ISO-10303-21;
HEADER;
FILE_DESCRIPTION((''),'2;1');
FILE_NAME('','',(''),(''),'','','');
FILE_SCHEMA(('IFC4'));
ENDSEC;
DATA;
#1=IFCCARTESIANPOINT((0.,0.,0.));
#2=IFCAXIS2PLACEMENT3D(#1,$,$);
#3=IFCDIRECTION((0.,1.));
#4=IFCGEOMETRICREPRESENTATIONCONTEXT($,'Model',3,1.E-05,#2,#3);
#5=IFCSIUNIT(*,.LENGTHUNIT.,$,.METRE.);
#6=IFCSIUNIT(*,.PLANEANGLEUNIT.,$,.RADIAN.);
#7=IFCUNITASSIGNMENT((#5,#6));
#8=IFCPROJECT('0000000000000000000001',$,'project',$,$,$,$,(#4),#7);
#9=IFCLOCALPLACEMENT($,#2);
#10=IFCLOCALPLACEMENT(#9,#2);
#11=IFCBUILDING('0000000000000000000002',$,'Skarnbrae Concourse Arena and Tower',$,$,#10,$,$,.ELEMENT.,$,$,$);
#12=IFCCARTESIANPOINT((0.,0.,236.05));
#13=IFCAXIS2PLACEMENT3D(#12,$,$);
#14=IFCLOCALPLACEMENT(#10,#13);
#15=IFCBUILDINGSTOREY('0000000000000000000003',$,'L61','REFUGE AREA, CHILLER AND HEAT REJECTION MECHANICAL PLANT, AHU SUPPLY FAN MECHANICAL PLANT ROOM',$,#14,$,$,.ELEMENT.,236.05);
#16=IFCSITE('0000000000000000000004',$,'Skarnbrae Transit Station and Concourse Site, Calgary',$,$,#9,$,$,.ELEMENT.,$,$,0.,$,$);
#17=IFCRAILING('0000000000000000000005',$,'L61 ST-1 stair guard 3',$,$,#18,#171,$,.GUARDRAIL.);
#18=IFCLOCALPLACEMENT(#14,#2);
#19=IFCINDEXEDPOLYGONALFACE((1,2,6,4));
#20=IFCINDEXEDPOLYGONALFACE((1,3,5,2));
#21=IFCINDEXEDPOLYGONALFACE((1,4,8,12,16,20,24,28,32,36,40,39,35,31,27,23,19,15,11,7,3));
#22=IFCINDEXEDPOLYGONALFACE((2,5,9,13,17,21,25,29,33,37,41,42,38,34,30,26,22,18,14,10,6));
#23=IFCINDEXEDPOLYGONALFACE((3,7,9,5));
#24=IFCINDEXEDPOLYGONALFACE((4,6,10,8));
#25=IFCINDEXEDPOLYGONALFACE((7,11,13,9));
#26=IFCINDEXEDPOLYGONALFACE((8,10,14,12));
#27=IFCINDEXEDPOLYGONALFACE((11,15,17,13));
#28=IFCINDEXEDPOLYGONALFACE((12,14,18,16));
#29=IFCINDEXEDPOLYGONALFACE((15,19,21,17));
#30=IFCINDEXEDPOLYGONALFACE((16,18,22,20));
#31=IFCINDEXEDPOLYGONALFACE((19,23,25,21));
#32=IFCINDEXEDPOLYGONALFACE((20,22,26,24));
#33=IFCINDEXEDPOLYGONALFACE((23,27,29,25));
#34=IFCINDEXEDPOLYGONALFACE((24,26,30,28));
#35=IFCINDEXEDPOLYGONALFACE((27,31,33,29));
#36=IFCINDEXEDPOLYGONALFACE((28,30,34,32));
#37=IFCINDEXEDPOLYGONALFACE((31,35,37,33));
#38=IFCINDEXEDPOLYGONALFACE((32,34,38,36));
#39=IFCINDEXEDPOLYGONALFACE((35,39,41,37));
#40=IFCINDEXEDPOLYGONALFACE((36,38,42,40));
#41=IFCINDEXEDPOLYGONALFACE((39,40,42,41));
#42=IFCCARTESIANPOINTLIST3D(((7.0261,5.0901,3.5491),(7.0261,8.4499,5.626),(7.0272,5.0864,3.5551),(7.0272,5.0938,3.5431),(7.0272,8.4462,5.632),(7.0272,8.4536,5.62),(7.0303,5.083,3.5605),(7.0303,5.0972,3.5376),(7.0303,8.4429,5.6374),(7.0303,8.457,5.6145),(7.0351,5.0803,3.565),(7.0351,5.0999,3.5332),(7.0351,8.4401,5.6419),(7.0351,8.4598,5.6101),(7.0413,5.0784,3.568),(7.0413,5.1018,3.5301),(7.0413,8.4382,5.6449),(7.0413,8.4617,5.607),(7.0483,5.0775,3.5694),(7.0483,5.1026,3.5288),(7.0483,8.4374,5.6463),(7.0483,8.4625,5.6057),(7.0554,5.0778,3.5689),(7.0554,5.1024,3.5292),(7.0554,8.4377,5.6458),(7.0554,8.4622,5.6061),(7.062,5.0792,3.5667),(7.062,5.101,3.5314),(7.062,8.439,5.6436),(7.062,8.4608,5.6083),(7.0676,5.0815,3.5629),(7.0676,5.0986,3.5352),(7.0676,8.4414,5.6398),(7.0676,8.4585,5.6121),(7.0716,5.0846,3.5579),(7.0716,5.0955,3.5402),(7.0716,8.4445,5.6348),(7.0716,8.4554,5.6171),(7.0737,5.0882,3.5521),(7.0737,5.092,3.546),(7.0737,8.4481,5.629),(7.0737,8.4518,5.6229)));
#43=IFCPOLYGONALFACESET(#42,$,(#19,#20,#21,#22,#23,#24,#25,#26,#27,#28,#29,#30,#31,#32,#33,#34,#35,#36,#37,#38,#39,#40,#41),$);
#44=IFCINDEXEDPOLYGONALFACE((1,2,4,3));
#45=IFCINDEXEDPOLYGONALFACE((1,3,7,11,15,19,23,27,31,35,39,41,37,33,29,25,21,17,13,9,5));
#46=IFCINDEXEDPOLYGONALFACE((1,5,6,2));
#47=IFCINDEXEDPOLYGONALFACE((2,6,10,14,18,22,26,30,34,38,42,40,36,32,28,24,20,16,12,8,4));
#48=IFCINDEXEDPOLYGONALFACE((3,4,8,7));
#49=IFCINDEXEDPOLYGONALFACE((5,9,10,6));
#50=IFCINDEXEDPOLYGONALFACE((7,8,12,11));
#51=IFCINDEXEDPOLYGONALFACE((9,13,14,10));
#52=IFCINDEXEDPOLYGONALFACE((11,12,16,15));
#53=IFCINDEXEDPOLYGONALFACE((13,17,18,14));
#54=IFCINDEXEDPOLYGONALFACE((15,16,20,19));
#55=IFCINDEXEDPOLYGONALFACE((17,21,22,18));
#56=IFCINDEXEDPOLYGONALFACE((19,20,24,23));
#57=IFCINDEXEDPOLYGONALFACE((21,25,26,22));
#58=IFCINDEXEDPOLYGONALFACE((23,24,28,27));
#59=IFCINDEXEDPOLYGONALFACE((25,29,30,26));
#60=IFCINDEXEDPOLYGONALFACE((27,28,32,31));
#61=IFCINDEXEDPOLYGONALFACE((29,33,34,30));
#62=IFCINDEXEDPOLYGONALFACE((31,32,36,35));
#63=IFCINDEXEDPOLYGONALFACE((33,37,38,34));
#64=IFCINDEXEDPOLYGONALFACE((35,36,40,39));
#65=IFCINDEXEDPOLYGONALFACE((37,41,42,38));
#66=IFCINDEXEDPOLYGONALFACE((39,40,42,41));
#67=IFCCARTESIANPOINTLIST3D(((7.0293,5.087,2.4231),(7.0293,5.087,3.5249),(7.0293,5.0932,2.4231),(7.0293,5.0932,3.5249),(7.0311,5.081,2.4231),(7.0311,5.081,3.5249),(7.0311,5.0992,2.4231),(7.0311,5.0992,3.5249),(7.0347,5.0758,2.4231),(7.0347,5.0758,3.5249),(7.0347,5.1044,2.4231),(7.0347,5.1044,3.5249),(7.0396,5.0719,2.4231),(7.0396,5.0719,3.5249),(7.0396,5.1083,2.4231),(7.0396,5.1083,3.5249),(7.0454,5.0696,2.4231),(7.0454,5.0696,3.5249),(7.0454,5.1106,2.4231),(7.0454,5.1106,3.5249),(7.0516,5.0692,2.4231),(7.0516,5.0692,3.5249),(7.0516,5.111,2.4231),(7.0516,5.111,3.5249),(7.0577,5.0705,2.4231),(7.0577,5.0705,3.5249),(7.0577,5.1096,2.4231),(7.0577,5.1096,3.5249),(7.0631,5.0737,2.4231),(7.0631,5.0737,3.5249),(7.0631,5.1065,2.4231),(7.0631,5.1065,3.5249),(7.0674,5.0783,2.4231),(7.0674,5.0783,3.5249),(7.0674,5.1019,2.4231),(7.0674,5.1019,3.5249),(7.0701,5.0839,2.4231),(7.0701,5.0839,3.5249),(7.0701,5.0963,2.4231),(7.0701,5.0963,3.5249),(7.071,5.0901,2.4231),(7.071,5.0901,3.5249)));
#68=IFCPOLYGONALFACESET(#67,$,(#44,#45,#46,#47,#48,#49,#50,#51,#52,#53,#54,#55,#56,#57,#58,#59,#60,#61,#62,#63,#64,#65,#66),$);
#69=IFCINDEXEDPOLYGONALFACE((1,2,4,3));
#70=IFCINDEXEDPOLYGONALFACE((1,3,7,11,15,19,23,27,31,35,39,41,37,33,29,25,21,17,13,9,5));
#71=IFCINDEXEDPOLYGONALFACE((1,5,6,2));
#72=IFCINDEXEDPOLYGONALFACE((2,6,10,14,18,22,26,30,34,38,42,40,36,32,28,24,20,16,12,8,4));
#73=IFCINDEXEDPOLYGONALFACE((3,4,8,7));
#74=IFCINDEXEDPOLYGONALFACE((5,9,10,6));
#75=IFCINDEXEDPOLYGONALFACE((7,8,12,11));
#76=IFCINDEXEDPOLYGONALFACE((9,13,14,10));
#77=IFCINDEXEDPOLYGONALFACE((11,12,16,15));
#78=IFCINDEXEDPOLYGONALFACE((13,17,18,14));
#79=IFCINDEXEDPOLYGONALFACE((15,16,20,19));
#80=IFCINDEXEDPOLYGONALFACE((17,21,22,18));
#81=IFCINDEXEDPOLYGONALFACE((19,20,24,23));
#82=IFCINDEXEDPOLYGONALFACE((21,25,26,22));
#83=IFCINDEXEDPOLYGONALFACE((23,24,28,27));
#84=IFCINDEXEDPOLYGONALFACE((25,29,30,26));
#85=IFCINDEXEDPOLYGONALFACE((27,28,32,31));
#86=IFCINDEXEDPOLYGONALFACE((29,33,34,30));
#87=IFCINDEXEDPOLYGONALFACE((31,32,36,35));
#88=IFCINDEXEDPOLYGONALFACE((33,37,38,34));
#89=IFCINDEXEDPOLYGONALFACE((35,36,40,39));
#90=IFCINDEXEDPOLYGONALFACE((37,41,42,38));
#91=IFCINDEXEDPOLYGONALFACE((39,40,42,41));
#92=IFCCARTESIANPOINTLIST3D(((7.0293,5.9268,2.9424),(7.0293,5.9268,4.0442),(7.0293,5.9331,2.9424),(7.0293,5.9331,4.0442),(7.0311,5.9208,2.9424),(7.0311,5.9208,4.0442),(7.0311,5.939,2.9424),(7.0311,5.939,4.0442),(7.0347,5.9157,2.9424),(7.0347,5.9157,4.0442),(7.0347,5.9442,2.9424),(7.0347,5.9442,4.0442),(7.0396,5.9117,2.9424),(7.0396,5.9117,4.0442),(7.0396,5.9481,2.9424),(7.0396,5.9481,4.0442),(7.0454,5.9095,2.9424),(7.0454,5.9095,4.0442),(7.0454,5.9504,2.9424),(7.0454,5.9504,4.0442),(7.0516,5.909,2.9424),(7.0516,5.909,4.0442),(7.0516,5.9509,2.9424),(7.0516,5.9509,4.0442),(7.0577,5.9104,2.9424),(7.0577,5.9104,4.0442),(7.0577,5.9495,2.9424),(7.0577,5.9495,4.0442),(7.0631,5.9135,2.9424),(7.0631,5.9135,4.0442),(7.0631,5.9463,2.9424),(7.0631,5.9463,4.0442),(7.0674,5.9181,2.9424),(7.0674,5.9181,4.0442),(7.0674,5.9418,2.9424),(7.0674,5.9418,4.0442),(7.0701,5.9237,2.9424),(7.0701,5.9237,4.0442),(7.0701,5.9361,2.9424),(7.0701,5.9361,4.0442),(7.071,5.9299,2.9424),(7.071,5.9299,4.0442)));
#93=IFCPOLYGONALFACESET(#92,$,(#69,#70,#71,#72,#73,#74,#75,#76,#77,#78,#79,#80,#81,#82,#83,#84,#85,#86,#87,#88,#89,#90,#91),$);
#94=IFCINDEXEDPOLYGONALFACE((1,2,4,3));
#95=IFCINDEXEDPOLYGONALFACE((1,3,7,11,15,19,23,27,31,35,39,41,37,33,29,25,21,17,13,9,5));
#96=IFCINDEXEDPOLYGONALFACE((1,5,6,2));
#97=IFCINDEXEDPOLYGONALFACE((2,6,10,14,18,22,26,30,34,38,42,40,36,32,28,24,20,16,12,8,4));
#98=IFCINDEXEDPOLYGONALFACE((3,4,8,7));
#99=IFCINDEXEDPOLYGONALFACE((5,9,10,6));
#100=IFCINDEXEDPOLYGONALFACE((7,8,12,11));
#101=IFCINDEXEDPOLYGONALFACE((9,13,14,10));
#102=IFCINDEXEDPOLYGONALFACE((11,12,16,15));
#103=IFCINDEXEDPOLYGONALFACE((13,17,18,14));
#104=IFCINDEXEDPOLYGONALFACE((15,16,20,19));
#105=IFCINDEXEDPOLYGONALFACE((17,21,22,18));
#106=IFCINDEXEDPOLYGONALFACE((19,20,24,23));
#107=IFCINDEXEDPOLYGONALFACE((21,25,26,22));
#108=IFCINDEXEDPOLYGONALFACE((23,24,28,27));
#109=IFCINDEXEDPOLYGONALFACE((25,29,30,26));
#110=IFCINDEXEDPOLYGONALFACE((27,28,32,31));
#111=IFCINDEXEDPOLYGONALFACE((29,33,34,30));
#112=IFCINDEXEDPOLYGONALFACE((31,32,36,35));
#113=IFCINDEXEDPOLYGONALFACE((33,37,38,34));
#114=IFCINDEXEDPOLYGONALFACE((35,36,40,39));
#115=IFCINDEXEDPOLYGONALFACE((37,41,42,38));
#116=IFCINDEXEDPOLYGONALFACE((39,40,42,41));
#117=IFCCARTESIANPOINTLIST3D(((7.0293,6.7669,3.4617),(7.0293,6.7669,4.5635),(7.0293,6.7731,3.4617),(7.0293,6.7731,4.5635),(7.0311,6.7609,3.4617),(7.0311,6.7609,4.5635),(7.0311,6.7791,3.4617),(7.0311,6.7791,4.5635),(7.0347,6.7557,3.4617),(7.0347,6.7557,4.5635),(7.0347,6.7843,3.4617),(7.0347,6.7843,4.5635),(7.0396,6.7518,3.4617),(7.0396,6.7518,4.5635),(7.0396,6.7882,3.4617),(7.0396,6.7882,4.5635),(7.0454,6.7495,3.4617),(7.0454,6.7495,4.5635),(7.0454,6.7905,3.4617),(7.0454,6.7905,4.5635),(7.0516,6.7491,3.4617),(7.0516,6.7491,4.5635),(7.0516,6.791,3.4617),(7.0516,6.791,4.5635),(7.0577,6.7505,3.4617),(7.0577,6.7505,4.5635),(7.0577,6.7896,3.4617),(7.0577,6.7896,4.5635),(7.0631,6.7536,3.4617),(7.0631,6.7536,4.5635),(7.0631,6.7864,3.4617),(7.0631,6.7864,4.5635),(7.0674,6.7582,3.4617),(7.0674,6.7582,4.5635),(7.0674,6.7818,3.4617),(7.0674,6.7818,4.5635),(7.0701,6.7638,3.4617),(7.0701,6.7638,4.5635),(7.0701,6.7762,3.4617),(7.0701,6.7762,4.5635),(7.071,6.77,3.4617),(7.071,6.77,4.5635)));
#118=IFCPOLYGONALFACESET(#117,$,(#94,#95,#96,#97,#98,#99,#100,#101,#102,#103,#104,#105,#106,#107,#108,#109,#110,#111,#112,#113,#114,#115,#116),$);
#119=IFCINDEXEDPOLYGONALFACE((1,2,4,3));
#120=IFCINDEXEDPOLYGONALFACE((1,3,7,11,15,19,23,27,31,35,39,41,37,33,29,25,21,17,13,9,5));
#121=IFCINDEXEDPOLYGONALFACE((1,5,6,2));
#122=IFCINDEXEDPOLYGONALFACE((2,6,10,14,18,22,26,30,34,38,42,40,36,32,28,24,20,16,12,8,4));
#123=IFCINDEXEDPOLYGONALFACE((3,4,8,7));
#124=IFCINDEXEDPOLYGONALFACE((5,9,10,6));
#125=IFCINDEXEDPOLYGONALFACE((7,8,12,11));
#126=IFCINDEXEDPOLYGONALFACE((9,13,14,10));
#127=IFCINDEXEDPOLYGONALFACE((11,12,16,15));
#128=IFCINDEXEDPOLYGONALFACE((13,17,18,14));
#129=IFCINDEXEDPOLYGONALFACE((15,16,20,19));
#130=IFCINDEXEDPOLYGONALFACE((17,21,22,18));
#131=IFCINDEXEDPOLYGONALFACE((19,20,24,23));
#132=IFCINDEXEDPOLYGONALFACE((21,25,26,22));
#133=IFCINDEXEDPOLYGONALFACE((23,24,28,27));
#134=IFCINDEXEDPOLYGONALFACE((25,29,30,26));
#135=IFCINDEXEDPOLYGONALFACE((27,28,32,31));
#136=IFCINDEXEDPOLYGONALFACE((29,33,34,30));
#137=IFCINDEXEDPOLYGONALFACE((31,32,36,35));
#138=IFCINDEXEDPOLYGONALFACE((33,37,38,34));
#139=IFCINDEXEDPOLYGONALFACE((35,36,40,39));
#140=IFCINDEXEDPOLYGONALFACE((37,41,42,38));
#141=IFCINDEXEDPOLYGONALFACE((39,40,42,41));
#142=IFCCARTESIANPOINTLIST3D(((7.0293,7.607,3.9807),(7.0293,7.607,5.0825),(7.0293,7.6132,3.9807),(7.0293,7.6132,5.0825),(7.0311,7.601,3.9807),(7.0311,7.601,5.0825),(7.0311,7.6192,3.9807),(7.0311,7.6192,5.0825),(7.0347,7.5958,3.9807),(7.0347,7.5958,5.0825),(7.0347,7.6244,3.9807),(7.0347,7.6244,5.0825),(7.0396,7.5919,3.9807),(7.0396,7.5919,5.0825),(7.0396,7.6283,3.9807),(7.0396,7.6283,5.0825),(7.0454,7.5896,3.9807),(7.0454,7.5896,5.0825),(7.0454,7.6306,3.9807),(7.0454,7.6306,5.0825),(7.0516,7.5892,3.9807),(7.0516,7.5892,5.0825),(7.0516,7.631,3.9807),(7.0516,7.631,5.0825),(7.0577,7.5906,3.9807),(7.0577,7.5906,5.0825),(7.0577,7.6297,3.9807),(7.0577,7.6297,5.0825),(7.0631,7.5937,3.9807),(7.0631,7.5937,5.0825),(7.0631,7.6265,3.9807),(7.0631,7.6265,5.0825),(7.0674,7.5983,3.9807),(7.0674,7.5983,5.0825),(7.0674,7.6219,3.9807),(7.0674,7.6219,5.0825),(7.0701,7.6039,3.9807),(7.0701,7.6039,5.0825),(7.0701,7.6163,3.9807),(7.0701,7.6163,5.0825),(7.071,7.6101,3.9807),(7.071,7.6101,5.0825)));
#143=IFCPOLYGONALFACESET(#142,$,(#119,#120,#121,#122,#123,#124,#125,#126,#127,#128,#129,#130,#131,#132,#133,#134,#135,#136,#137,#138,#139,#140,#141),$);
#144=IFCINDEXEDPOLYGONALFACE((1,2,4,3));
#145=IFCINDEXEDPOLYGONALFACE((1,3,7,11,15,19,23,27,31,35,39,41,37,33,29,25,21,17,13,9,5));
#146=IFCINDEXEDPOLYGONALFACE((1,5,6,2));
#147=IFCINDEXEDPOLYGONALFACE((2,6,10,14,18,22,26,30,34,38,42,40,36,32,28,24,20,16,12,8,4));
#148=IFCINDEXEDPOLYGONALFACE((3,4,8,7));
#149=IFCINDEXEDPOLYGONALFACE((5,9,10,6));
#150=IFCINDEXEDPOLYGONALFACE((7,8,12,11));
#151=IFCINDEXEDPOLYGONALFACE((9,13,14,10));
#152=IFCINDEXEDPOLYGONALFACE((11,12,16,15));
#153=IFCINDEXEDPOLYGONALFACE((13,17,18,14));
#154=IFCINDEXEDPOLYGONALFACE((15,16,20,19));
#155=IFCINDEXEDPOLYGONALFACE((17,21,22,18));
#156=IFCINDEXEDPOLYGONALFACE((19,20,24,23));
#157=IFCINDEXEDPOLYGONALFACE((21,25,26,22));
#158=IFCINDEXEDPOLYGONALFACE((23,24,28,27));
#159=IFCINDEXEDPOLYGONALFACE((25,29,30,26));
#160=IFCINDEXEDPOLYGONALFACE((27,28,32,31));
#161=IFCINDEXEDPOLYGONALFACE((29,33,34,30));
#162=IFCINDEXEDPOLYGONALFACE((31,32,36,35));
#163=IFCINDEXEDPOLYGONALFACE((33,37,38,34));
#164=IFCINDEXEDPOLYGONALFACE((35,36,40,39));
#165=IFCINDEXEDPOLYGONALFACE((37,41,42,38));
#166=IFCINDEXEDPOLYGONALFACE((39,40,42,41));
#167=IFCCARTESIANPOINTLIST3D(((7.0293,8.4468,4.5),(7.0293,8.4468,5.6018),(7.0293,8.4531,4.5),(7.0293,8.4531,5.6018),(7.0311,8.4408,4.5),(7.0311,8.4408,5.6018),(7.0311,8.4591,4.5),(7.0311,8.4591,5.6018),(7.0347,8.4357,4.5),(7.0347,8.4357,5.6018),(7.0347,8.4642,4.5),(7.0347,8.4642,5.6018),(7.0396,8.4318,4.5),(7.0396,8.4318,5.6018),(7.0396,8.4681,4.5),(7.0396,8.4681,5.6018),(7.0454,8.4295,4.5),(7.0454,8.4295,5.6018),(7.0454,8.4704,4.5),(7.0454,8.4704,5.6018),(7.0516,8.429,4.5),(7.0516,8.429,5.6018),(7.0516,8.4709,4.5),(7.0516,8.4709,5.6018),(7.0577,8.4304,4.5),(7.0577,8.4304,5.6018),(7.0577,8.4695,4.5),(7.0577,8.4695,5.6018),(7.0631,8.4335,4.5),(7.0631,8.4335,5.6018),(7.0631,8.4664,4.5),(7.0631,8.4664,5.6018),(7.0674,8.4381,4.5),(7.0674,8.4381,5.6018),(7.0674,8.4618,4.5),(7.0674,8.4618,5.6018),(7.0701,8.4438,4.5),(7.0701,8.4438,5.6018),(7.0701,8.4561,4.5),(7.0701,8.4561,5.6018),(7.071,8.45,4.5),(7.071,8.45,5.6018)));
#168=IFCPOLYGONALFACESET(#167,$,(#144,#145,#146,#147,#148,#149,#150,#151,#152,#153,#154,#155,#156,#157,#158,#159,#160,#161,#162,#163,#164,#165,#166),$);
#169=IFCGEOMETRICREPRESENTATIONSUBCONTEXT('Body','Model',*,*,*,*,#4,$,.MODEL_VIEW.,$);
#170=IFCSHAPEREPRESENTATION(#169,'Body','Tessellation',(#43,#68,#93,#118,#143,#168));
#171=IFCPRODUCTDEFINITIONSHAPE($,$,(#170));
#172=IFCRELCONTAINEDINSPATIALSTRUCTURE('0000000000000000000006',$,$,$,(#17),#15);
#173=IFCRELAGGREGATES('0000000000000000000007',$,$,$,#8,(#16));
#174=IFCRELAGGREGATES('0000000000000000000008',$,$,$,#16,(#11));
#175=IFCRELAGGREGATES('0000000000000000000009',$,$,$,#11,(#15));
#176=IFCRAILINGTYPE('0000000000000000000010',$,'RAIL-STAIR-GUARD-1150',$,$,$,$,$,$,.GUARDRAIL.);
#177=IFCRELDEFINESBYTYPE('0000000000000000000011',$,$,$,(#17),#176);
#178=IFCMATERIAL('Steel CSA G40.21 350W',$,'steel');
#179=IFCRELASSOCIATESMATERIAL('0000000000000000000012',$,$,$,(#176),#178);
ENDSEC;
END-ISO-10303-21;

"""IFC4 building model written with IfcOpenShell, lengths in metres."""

from ifc_helpers import new_model, si_unit, direction, frame, origin, origin_2d, place, context, subcontext, project, spatial, circle, extrude, material, type_object, element, save


model = new_model("IFC4")

# Units and contexts
model_context = context("Model", 3, precision=1e-05, world=origin(), true_north=direction((0.0, 1.0)))
body_context = subcontext(model_context, "Body", "Model", "MODEL_VIEW")
ifc_project = project(units=[si_unit("LENGTHUNIT", "METRE"), si_unit("PLANEANGLEUNIT", "RADIAN")], contexts=[model_context])

# Site, building, storey
site_placement = place(None, origin())
site = spatial("IfcSite", under=ifc_project, at=site_placement, Name="Skarnbrae Transit Station and Concourse Site, Calgary", CompositionType="ELEMENT", RefElevation=0.0)
building_placement = place(site_placement, origin())
building = spatial("IfcBuilding", under=site, at=building_placement, Name="Skarnbrae Concourse Arena and Tower", CompositionType="ELEMENT")
storey_placement = place(building_placement, frame((0.0, 0.0, 236.05)))
storey = spatial("IfcBuildingStorey", under=building, at=storey_placement, Name="L61", Description="REFUGE AREA, CHILLER AND HEAT REJECTION MECHANICAL PLANT, AHU SUPPLY FAN MECHANICAL PLANT ROOM", CompositionType="ELEMENT", Elevation=236.05)

# Shared definitions
ifc_material_1 = material(Name="Steel CSA G40.21 350W", Category="steel")

# Railing
railing_type_1 = type_object("IfcRailingType", Name="RAIL-STAIR-GUARD-1150", PredefinedType="GUARDRAIL", material=ifc_material_1)
railing_1_placement = place(storey_placement, frame((7.05, 5.0901, 2.4231)))
element("IfcRailing", 1, at=railing_1_placement, inside=storey, type_object=railing_type_1, Name="L61 ST-1 stair guard 3", PredefinedType="GUARDRAIL", context=body_context, shape_type="SweptSolid", body=[
    extrude(circle(Radius=0.0239, at=origin_2d()), frame((0.0, 0.0, 1.126), z_axis=(0.0, 0.850606, 0.525803), x_axis=(-1.0, 0.0, 0.0)), (0.0, 0.0, 1.0), 3.95),
    extrude(circle(Radius=0.021, at=origin_2d()), origin(), (0.0, 0.0, 1.0), 1.1018),
    extrude(circle(Radius=0.021, at=origin_2d()), frame((0.0, 0.8398, 0.5193)), (0.0, 0.0, 1.0), 1.1018),
    extrude(circle(Radius=0.021, at=origin_2d()), frame((0.0, 1.6799, 1.0386)), (0.0, 0.0, 1.0), 1.1018),
    extrude(circle(Radius=0.021, at=origin_2d()), frame((0.0, 2.52, 1.5576)), (0.0, 0.0, 1.0), 1.1018),
    extrude(circle(Radius=0.021, at=origin_2d()), frame((0.0, 3.3599, 2.0769)), (0.0, 0.0, 1.0), 1.1018),
])

save(model, "model.ifc")
